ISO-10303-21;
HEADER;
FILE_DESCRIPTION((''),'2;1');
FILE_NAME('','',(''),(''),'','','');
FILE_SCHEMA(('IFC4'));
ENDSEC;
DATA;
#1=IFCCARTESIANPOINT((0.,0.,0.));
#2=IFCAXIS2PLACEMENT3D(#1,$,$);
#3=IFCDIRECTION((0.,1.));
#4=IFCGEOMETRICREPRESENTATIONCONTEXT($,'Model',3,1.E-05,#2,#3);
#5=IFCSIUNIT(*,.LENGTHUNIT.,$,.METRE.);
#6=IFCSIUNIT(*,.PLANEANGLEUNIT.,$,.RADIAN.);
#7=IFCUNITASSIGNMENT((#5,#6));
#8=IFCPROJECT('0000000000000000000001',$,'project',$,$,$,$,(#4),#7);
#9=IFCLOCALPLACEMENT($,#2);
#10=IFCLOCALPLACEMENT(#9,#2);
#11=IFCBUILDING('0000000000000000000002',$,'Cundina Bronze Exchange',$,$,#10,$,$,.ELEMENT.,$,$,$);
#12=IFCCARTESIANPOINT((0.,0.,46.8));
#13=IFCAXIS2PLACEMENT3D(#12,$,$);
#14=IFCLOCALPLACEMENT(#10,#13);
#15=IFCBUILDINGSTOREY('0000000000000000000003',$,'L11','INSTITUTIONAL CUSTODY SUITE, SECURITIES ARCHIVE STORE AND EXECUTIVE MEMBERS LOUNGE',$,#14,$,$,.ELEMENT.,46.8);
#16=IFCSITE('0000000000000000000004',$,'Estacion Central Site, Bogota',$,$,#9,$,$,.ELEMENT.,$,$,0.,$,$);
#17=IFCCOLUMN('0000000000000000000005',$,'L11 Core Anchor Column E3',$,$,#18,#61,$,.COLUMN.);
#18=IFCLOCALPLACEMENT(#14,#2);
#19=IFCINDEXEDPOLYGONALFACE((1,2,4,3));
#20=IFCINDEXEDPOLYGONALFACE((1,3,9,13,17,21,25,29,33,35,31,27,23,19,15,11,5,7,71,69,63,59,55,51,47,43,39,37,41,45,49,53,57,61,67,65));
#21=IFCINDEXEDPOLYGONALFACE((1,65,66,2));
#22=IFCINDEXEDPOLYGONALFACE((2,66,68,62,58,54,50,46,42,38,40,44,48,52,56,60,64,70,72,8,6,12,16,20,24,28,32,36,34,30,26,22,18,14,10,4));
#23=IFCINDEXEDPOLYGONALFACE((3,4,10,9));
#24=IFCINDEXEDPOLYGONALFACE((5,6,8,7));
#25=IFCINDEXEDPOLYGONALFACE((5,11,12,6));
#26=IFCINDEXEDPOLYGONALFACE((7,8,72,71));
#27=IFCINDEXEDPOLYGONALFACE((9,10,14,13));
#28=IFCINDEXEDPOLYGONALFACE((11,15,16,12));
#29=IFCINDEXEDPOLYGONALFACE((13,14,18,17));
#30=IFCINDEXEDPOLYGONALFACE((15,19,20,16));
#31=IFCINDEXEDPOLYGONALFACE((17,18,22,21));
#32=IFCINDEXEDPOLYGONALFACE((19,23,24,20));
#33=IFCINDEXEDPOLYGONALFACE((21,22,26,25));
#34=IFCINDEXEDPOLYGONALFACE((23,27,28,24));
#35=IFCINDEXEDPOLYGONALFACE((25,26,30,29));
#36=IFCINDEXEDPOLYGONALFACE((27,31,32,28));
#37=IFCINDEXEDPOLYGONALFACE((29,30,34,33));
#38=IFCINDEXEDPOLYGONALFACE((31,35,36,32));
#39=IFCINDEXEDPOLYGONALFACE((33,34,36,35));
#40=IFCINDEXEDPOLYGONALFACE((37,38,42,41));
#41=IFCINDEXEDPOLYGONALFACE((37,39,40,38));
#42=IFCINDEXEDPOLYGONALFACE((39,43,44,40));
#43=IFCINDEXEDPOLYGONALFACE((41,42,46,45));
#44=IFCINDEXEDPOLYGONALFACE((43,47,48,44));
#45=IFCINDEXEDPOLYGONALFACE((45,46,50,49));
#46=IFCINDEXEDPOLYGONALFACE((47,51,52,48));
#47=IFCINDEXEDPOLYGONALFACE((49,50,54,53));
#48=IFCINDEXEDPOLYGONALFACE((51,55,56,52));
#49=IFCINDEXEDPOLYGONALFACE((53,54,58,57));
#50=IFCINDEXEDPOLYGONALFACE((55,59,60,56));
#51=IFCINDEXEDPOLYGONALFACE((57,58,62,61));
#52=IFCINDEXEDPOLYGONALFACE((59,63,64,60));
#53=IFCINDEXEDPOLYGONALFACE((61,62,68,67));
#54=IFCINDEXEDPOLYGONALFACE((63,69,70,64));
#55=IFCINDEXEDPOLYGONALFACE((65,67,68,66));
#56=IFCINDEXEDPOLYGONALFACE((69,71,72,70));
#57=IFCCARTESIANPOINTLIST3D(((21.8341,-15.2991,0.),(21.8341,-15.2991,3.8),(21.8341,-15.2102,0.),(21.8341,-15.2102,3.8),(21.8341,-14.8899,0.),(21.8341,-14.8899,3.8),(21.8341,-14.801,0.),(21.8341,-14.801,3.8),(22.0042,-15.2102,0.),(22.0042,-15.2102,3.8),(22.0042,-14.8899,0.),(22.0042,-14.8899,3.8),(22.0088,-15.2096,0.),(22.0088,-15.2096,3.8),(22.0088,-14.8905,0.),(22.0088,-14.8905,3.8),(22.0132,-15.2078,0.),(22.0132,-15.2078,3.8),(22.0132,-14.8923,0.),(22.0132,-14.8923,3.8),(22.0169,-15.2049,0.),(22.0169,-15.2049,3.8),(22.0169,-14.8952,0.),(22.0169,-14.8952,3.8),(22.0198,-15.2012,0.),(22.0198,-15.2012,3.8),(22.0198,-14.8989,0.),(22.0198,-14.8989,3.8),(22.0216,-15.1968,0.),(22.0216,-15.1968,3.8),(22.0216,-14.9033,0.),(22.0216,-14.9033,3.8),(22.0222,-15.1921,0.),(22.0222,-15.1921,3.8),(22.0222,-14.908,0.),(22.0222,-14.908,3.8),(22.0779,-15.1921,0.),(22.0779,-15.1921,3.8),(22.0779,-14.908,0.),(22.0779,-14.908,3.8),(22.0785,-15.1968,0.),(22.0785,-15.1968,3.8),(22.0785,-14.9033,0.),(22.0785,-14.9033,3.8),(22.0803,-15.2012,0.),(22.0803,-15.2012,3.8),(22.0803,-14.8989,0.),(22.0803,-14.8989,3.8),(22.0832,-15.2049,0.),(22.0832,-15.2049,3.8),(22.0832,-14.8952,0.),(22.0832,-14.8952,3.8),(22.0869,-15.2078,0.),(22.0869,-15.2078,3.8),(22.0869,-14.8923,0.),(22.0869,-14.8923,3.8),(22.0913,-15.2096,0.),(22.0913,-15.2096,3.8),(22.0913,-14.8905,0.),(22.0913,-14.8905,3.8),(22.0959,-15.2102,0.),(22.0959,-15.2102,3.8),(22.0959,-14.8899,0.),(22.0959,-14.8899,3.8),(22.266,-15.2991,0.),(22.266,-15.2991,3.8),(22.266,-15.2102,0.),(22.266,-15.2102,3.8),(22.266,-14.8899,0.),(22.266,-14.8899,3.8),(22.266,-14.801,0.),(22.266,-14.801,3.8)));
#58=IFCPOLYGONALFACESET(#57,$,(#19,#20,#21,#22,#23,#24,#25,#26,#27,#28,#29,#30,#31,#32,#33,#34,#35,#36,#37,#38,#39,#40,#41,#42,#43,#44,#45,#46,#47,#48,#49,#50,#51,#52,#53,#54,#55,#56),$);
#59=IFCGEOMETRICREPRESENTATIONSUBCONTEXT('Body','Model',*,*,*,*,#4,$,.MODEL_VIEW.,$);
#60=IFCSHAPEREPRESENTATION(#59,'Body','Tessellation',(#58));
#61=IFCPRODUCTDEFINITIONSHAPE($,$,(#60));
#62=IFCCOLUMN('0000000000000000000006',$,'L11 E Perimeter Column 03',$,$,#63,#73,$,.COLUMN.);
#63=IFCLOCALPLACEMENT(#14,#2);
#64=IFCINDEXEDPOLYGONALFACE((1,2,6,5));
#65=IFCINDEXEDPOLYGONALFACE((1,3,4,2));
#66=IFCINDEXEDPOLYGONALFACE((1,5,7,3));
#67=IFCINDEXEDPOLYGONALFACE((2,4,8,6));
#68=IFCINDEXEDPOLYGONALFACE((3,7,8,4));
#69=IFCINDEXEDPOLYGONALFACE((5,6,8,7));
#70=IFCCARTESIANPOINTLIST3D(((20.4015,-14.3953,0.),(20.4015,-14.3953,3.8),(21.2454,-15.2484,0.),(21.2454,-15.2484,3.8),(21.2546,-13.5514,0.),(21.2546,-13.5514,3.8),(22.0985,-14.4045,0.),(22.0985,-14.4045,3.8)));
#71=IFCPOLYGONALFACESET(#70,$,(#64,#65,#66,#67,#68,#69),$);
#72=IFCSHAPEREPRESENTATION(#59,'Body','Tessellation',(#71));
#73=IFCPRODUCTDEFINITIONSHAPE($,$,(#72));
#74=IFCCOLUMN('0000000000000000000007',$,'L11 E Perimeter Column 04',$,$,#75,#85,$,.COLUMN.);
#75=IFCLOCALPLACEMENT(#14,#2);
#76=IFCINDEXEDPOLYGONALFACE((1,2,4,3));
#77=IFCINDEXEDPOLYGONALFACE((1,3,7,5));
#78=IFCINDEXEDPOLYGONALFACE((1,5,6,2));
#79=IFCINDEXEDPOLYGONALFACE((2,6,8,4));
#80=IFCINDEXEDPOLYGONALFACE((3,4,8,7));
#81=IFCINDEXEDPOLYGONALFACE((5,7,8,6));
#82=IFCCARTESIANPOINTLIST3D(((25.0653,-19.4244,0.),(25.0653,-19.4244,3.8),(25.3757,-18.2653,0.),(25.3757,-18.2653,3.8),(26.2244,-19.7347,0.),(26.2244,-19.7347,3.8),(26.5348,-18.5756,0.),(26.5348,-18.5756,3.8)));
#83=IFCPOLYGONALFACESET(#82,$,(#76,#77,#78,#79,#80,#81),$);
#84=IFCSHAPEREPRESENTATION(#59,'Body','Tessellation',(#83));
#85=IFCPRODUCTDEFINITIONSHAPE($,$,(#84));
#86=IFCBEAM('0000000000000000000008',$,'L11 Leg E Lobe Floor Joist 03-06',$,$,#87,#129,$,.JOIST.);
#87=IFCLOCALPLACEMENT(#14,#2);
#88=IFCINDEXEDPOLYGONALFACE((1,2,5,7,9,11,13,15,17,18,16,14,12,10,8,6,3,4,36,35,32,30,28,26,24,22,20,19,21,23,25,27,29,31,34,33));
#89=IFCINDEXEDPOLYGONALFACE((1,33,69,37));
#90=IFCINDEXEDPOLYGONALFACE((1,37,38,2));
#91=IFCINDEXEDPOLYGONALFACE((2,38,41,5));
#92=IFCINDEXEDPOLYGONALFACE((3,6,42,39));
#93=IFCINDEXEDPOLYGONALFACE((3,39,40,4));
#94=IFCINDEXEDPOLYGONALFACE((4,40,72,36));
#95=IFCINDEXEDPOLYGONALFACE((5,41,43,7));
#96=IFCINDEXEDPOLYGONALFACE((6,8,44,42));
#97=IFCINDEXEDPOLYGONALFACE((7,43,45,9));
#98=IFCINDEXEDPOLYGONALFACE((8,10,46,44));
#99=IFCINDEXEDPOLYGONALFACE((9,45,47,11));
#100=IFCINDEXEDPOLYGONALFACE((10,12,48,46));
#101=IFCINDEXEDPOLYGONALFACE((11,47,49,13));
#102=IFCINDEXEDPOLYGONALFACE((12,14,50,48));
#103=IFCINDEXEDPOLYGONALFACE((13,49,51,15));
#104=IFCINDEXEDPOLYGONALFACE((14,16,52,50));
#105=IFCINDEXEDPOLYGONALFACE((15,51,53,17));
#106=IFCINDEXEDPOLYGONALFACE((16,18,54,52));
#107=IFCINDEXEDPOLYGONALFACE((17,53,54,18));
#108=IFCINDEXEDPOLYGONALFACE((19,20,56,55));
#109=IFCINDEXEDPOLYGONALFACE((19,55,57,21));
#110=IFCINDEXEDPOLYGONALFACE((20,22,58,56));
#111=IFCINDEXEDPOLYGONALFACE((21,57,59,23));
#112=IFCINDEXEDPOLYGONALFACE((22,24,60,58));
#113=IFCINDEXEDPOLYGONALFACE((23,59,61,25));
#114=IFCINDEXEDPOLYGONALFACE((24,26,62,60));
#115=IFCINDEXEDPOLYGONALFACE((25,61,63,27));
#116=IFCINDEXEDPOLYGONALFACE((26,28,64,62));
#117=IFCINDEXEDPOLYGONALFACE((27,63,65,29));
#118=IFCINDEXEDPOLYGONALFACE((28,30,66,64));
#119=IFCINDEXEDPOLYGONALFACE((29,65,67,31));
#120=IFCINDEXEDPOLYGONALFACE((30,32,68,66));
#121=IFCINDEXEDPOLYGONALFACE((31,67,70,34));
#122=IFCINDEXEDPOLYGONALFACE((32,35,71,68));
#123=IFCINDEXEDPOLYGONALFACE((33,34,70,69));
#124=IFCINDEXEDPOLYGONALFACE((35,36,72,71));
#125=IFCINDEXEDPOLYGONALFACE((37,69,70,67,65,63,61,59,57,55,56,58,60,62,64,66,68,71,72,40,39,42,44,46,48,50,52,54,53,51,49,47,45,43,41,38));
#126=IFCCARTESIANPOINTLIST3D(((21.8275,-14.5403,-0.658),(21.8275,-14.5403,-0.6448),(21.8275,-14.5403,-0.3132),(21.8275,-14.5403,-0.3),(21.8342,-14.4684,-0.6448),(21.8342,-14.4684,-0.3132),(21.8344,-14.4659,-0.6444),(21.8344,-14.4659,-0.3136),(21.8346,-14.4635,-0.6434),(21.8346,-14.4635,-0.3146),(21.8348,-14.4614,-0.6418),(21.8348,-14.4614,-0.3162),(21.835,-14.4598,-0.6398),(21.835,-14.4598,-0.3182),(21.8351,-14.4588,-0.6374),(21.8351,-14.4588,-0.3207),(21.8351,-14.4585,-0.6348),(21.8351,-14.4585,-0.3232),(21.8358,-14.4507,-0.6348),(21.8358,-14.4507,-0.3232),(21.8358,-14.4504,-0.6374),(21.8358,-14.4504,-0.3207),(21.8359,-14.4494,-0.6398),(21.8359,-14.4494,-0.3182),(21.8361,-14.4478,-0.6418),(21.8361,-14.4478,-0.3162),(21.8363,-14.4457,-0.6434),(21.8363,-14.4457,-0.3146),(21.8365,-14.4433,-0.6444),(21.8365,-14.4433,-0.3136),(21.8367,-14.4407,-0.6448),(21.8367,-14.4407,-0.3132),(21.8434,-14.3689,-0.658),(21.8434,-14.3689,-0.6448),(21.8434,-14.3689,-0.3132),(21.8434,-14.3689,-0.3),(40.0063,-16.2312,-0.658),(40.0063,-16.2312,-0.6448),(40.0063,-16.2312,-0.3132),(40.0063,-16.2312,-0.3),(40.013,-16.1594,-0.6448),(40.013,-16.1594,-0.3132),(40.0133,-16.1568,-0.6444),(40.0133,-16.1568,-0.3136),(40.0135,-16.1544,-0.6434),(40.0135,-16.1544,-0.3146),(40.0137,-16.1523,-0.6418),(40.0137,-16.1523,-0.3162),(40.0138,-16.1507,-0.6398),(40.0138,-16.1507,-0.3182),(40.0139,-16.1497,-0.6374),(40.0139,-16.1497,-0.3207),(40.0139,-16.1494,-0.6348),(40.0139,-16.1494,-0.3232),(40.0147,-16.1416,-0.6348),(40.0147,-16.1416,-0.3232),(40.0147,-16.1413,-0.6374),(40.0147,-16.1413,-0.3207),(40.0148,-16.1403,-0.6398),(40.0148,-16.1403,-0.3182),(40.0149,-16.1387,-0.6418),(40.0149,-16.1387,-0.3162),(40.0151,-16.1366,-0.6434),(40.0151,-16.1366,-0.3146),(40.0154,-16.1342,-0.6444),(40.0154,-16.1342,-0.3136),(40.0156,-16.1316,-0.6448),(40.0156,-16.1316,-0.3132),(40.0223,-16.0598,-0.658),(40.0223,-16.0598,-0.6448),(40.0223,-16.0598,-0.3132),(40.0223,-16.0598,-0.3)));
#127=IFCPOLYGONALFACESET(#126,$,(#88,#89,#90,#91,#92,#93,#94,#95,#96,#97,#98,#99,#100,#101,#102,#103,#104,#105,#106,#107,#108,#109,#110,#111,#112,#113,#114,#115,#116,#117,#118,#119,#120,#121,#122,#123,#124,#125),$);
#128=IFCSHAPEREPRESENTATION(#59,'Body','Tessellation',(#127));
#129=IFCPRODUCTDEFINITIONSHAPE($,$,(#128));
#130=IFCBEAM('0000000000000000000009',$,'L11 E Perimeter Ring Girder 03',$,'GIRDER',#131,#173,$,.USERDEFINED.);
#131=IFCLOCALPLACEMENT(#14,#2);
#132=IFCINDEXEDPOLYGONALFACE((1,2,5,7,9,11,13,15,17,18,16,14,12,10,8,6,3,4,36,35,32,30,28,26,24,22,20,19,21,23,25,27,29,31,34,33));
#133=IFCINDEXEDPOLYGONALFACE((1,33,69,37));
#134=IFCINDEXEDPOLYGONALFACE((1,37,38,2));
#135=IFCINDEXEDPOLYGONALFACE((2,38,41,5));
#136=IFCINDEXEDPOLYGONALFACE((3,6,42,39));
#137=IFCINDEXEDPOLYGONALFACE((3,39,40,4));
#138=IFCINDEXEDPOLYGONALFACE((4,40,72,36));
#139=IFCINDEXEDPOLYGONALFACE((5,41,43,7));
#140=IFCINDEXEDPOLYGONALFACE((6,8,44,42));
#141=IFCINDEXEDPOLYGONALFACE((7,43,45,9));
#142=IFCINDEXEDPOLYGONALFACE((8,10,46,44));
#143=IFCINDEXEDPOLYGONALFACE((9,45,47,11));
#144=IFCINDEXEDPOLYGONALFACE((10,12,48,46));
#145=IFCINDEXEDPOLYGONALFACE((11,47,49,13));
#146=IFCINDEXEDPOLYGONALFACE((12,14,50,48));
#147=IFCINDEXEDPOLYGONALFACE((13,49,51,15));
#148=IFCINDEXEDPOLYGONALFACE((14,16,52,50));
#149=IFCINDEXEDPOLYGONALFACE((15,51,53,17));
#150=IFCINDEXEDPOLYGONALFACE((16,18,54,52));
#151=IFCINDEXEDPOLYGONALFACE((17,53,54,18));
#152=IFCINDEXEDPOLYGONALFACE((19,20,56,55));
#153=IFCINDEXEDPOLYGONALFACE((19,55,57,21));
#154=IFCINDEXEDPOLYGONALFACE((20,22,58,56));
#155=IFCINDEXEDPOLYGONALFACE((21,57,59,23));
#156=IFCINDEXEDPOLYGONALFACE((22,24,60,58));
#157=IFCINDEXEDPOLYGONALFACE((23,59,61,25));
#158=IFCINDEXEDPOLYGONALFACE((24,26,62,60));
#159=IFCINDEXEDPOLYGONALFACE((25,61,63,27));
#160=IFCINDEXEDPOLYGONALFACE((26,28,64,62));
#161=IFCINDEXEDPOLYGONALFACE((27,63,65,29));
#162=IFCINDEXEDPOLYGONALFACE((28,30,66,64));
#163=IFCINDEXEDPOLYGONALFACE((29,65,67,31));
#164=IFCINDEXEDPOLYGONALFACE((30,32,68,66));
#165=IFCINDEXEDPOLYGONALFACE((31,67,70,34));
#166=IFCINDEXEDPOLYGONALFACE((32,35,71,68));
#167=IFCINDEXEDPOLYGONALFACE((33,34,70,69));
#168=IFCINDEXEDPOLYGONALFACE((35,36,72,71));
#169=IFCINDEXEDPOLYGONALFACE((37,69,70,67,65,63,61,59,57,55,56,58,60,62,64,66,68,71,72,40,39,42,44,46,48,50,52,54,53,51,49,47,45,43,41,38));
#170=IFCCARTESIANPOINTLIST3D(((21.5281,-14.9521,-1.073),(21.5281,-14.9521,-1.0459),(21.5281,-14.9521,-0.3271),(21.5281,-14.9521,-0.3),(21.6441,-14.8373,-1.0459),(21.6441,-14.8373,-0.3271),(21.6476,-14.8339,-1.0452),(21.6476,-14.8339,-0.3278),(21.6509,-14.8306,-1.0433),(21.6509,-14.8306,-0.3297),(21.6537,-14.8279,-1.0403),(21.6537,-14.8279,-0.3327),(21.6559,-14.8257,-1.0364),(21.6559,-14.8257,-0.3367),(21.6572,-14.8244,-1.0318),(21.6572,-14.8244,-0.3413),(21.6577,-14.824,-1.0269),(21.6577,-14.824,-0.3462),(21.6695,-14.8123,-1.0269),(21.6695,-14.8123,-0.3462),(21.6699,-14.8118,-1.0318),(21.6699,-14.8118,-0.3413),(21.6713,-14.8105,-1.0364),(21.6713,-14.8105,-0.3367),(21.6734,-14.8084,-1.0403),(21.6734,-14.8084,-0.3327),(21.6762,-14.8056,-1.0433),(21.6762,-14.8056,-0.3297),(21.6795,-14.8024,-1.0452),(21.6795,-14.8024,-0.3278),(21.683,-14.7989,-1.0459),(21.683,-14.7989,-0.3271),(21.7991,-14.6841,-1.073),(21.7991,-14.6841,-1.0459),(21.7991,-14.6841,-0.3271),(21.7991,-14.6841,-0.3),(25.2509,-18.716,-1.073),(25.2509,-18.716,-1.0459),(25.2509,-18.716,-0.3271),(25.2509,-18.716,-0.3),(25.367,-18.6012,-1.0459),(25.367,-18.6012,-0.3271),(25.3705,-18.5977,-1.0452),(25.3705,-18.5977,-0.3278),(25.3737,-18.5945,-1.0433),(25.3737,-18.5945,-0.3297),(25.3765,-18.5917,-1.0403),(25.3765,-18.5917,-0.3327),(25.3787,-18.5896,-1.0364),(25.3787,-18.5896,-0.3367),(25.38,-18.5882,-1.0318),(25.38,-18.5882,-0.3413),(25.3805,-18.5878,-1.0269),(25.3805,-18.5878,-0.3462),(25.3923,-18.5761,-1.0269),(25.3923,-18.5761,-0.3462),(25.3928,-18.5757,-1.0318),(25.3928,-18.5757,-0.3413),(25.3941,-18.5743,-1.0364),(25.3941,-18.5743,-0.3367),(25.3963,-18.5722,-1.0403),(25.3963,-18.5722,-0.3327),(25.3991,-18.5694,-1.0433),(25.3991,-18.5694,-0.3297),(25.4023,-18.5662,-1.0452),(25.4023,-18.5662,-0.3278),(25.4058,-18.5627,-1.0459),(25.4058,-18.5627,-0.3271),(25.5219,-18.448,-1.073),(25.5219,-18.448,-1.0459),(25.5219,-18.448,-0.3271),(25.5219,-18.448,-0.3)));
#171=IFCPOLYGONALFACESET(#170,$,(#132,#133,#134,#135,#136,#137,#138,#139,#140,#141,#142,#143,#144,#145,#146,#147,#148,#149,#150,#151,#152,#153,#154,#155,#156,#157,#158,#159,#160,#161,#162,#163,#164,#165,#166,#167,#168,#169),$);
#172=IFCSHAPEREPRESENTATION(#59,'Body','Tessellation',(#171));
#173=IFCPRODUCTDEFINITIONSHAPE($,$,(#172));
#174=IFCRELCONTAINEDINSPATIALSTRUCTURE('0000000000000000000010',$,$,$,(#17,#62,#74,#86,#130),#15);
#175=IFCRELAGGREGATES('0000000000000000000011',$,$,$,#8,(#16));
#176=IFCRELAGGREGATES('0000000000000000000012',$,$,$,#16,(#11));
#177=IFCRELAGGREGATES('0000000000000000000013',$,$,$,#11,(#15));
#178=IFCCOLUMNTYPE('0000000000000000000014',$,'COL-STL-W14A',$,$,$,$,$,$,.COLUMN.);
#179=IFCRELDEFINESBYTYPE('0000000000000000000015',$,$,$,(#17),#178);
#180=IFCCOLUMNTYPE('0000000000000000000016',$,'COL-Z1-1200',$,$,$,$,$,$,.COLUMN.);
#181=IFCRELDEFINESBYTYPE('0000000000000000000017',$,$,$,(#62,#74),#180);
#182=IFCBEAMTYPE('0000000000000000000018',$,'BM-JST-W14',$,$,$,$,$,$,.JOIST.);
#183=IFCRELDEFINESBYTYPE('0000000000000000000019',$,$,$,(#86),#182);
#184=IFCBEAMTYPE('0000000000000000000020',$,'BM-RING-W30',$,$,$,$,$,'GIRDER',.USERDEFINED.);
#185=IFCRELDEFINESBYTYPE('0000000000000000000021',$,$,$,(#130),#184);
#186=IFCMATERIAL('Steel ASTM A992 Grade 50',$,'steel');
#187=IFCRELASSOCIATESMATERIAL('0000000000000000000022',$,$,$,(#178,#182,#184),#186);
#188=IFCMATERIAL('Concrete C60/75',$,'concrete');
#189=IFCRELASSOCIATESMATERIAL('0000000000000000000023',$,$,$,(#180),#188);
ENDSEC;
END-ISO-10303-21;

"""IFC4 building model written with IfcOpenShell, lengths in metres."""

from ifc_helpers import new_model, si_unit, direction, frame, origin, origin_2d, place, context, subcontext, project, spatial, rectangle, i_section, extrude, material, material_profile, profile_set, type_object, element, save


model = new_model("IFC4")

# Units and contexts
model_context = context("Model", 3, precision=1e-05, world=origin(), true_north=direction((0.0, 1.0)))
body_context = subcontext(model_context, "Body", "Model", "MODEL_VIEW")
ifc_project = project(units=[si_unit("LENGTHUNIT", "METRE"), si_unit("PLANEANGLEUNIT", "RADIAN")], contexts=[model_context])

# Site, building, storey
site_placement = place(None, origin())
site = spatial("IfcSite", under=ifc_project, at=site_placement, Name="Estacion Central Site, Bogota", CompositionType="ELEMENT", RefElevation=0.0)
building_placement = place(site_placement, origin())
building = spatial("IfcBuilding", under=site, at=building_placement, Name="Cundina Bronze Exchange", CompositionType="ELEMENT")
storey_placement = place(building_placement, frame((0.0, 0.0, 46.8)))
storey = spatial("IfcBuildingStorey", under=building, at=storey_placement, Name="L11", Description="INSTITUTIONAL CUSTODY SUITE, SECURITIES ARCHIVE STORE AND EXECUTIVE MEMBERS LOUNGE", CompositionType="ELEMENT", Elevation=46.8)

# Columns
ifc_material_1 = material(Name="Steel ASTM A992 Grade 50", Category="steel")
ifc_material_profile_1 = material_profile(ifc_material_1, i_section(OverallWidth=0.4319, OverallDepth=0.498, WebThickness=0.0557, FlangeThickness=0.0889, FilletRadius=0.0181, at=origin_2d()), Name="W14X500", Category="steel")
ifc_profile_set_1 = profile_set([ifc_material_profile_1], Name="Steel ASTM A992 Grade 50")
column_type_1 = type_object("IfcColumnType", Name="COL-STL-W14A", PredefinedType="COLUMN", material=ifc_profile_set_1)
column_placement = place(storey_placement, frame((22.05, -15.05, 0.0), z_axis=(0.0, 0.0, 1.0), x_axis=(1.0, 0.0, 0.0)))
element("IfcColumn", 1, at=column_placement, inside=storey, type_object=column_type_1, Name="L11 Core Anchor Column E3", PredefinedType="COLUMN", context=body_context, shape_type="SweptSolid", body=[
    extrude(i_section(OverallWidth=0.4319, OverallDepth=0.498, WebThickness=0.0557, FlangeThickness=0.0889, FilletRadius=0.0181, at=origin_2d()), origin(), (0.0, 0.0, 1.0), 3.8),
])
ifc_material_2 = material(Name="Concrete C60/75", Category="concrete")
ifc_material_profile_2 = material_profile(ifc_material_2, rectangle(XDim=1.2, YDim=1.2, at=origin_2d()), Name="RC1200X1200", Category="concrete")
ifc_profile_set_2 = profile_set([ifc_material_profile_2], Name="Concrete C60/75")
column_type_2 = type_object("IfcColumnType", Name="COL-Z1-1200", PredefinedType="COLUMN", material=ifc_profile_set_2)
for number, where, z_axis, x_axis, name in (
    (2, (21.25, -14.3999, 0.0), (0.0, 0.0, 1.0), (0.703271, -0.710922, 0.0), "L11 E Perimeter Column 03"),
    (3, (25.8, -19.0, 0.0), (0.0, 0.0, 1.0), (0.965971, -0.25865, 0.0), "L11 E Perimeter Column 04"),
):
    element("IfcColumn", number, at=place(storey_placement, frame(where, z_axis=z_axis, x_axis=x_axis)), inside=storey, type_object=column_type_2, Name=name, PredefinedType="COLUMN", context=body_context, shape_type="SweptSolid", body=[
        extrude(rectangle(XDim=1.2, YDim=1.2, at=origin_2d()), origin(), (0.0, 0.0, 1.0), 3.8),
    ])

# Beams
ifc_material_profile_3 = material_profile(ifc_material_1, i_section(OverallWidth=0.1721, OverallDepth=0.3579, WebThickness=0.0078, FlangeThickness=0.0132, FilletRadius=0.01, at=origin_2d()), Name="W14X38", Category="steel")
ifc_profile_set_3 = profile_set([ifc_material_profile_3], Name="Steel ASTM A992 Grade 50")
beam_type_1 = type_object("IfcBeamType", Name="BM-JST-W14", PredefinedType="JOIST", material=ifc_profile_set_3)
beam_1_placement = place(storey_placement, frame((21.8354, -14.4546, -0.479), z_axis=(0.995702, -0.092615, 0.0), x_axis=(0.092615, 0.995702, 0.0)))
element("IfcBeam", 4, at=beam_1_placement, inside=storey, type_object=beam_type_1, Name="L11 Leg E Lobe Floor Joist 03-06", PredefinedType="JOIST", context=body_context, shape_type="SweptSolid", body=[
    extrude(i_section(OverallWidth=0.1721, OverallDepth=0.3579, WebThickness=0.0078, FlangeThickness=0.0132, FilletRadius=0.01, at=origin_2d()), origin(), (0.0, 0.0, 1.0), 18.2573),
])
ifc_material_profile_4 = material_profile(ifc_material_1, i_section(OverallWidth=0.3811, OverallDepth=0.7729, WebThickness=0.0166, FlangeThickness=0.0271, FilletRadius=0.019, at=origin_2d()), Name="W30X173", Category="steel")
ifc_profile_set_4 = profile_set([ifc_material_profile_4], Name="Steel ASTM A992 Grade 50")
beam_type_2 = type_object("IfcBeamType", Name="BM-RING-W30", ElementType="GIRDER", PredefinedType="USERDEFINED", material=ifc_profile_set_4)
beam_2_placement = place(storey_placement, frame((21.6636, -14.8181, -0.6865), z_axis=(0.703222, -0.71097, 0.0), x_axis=(0.71097, 0.703222, 0.0)))
element("IfcBeam", 5, at=beam_2_placement, inside=storey, type_object=beam_type_2, Name="L11 E Perimeter Ring Girder 03", ObjectType="GIRDER", PredefinedType="USERDEFINED", context=body_context, shape_type="SweptSolid", body=[
    extrude(i_section(OverallWidth=0.3811, OverallDepth=0.7729, WebThickness=0.0166, FlangeThickness=0.0271, FilletRadius=0.019, at=origin_2d()), origin(), (0.0, 0.0, 1.0), 5.2939),
])

save(model, "model.ifc")
